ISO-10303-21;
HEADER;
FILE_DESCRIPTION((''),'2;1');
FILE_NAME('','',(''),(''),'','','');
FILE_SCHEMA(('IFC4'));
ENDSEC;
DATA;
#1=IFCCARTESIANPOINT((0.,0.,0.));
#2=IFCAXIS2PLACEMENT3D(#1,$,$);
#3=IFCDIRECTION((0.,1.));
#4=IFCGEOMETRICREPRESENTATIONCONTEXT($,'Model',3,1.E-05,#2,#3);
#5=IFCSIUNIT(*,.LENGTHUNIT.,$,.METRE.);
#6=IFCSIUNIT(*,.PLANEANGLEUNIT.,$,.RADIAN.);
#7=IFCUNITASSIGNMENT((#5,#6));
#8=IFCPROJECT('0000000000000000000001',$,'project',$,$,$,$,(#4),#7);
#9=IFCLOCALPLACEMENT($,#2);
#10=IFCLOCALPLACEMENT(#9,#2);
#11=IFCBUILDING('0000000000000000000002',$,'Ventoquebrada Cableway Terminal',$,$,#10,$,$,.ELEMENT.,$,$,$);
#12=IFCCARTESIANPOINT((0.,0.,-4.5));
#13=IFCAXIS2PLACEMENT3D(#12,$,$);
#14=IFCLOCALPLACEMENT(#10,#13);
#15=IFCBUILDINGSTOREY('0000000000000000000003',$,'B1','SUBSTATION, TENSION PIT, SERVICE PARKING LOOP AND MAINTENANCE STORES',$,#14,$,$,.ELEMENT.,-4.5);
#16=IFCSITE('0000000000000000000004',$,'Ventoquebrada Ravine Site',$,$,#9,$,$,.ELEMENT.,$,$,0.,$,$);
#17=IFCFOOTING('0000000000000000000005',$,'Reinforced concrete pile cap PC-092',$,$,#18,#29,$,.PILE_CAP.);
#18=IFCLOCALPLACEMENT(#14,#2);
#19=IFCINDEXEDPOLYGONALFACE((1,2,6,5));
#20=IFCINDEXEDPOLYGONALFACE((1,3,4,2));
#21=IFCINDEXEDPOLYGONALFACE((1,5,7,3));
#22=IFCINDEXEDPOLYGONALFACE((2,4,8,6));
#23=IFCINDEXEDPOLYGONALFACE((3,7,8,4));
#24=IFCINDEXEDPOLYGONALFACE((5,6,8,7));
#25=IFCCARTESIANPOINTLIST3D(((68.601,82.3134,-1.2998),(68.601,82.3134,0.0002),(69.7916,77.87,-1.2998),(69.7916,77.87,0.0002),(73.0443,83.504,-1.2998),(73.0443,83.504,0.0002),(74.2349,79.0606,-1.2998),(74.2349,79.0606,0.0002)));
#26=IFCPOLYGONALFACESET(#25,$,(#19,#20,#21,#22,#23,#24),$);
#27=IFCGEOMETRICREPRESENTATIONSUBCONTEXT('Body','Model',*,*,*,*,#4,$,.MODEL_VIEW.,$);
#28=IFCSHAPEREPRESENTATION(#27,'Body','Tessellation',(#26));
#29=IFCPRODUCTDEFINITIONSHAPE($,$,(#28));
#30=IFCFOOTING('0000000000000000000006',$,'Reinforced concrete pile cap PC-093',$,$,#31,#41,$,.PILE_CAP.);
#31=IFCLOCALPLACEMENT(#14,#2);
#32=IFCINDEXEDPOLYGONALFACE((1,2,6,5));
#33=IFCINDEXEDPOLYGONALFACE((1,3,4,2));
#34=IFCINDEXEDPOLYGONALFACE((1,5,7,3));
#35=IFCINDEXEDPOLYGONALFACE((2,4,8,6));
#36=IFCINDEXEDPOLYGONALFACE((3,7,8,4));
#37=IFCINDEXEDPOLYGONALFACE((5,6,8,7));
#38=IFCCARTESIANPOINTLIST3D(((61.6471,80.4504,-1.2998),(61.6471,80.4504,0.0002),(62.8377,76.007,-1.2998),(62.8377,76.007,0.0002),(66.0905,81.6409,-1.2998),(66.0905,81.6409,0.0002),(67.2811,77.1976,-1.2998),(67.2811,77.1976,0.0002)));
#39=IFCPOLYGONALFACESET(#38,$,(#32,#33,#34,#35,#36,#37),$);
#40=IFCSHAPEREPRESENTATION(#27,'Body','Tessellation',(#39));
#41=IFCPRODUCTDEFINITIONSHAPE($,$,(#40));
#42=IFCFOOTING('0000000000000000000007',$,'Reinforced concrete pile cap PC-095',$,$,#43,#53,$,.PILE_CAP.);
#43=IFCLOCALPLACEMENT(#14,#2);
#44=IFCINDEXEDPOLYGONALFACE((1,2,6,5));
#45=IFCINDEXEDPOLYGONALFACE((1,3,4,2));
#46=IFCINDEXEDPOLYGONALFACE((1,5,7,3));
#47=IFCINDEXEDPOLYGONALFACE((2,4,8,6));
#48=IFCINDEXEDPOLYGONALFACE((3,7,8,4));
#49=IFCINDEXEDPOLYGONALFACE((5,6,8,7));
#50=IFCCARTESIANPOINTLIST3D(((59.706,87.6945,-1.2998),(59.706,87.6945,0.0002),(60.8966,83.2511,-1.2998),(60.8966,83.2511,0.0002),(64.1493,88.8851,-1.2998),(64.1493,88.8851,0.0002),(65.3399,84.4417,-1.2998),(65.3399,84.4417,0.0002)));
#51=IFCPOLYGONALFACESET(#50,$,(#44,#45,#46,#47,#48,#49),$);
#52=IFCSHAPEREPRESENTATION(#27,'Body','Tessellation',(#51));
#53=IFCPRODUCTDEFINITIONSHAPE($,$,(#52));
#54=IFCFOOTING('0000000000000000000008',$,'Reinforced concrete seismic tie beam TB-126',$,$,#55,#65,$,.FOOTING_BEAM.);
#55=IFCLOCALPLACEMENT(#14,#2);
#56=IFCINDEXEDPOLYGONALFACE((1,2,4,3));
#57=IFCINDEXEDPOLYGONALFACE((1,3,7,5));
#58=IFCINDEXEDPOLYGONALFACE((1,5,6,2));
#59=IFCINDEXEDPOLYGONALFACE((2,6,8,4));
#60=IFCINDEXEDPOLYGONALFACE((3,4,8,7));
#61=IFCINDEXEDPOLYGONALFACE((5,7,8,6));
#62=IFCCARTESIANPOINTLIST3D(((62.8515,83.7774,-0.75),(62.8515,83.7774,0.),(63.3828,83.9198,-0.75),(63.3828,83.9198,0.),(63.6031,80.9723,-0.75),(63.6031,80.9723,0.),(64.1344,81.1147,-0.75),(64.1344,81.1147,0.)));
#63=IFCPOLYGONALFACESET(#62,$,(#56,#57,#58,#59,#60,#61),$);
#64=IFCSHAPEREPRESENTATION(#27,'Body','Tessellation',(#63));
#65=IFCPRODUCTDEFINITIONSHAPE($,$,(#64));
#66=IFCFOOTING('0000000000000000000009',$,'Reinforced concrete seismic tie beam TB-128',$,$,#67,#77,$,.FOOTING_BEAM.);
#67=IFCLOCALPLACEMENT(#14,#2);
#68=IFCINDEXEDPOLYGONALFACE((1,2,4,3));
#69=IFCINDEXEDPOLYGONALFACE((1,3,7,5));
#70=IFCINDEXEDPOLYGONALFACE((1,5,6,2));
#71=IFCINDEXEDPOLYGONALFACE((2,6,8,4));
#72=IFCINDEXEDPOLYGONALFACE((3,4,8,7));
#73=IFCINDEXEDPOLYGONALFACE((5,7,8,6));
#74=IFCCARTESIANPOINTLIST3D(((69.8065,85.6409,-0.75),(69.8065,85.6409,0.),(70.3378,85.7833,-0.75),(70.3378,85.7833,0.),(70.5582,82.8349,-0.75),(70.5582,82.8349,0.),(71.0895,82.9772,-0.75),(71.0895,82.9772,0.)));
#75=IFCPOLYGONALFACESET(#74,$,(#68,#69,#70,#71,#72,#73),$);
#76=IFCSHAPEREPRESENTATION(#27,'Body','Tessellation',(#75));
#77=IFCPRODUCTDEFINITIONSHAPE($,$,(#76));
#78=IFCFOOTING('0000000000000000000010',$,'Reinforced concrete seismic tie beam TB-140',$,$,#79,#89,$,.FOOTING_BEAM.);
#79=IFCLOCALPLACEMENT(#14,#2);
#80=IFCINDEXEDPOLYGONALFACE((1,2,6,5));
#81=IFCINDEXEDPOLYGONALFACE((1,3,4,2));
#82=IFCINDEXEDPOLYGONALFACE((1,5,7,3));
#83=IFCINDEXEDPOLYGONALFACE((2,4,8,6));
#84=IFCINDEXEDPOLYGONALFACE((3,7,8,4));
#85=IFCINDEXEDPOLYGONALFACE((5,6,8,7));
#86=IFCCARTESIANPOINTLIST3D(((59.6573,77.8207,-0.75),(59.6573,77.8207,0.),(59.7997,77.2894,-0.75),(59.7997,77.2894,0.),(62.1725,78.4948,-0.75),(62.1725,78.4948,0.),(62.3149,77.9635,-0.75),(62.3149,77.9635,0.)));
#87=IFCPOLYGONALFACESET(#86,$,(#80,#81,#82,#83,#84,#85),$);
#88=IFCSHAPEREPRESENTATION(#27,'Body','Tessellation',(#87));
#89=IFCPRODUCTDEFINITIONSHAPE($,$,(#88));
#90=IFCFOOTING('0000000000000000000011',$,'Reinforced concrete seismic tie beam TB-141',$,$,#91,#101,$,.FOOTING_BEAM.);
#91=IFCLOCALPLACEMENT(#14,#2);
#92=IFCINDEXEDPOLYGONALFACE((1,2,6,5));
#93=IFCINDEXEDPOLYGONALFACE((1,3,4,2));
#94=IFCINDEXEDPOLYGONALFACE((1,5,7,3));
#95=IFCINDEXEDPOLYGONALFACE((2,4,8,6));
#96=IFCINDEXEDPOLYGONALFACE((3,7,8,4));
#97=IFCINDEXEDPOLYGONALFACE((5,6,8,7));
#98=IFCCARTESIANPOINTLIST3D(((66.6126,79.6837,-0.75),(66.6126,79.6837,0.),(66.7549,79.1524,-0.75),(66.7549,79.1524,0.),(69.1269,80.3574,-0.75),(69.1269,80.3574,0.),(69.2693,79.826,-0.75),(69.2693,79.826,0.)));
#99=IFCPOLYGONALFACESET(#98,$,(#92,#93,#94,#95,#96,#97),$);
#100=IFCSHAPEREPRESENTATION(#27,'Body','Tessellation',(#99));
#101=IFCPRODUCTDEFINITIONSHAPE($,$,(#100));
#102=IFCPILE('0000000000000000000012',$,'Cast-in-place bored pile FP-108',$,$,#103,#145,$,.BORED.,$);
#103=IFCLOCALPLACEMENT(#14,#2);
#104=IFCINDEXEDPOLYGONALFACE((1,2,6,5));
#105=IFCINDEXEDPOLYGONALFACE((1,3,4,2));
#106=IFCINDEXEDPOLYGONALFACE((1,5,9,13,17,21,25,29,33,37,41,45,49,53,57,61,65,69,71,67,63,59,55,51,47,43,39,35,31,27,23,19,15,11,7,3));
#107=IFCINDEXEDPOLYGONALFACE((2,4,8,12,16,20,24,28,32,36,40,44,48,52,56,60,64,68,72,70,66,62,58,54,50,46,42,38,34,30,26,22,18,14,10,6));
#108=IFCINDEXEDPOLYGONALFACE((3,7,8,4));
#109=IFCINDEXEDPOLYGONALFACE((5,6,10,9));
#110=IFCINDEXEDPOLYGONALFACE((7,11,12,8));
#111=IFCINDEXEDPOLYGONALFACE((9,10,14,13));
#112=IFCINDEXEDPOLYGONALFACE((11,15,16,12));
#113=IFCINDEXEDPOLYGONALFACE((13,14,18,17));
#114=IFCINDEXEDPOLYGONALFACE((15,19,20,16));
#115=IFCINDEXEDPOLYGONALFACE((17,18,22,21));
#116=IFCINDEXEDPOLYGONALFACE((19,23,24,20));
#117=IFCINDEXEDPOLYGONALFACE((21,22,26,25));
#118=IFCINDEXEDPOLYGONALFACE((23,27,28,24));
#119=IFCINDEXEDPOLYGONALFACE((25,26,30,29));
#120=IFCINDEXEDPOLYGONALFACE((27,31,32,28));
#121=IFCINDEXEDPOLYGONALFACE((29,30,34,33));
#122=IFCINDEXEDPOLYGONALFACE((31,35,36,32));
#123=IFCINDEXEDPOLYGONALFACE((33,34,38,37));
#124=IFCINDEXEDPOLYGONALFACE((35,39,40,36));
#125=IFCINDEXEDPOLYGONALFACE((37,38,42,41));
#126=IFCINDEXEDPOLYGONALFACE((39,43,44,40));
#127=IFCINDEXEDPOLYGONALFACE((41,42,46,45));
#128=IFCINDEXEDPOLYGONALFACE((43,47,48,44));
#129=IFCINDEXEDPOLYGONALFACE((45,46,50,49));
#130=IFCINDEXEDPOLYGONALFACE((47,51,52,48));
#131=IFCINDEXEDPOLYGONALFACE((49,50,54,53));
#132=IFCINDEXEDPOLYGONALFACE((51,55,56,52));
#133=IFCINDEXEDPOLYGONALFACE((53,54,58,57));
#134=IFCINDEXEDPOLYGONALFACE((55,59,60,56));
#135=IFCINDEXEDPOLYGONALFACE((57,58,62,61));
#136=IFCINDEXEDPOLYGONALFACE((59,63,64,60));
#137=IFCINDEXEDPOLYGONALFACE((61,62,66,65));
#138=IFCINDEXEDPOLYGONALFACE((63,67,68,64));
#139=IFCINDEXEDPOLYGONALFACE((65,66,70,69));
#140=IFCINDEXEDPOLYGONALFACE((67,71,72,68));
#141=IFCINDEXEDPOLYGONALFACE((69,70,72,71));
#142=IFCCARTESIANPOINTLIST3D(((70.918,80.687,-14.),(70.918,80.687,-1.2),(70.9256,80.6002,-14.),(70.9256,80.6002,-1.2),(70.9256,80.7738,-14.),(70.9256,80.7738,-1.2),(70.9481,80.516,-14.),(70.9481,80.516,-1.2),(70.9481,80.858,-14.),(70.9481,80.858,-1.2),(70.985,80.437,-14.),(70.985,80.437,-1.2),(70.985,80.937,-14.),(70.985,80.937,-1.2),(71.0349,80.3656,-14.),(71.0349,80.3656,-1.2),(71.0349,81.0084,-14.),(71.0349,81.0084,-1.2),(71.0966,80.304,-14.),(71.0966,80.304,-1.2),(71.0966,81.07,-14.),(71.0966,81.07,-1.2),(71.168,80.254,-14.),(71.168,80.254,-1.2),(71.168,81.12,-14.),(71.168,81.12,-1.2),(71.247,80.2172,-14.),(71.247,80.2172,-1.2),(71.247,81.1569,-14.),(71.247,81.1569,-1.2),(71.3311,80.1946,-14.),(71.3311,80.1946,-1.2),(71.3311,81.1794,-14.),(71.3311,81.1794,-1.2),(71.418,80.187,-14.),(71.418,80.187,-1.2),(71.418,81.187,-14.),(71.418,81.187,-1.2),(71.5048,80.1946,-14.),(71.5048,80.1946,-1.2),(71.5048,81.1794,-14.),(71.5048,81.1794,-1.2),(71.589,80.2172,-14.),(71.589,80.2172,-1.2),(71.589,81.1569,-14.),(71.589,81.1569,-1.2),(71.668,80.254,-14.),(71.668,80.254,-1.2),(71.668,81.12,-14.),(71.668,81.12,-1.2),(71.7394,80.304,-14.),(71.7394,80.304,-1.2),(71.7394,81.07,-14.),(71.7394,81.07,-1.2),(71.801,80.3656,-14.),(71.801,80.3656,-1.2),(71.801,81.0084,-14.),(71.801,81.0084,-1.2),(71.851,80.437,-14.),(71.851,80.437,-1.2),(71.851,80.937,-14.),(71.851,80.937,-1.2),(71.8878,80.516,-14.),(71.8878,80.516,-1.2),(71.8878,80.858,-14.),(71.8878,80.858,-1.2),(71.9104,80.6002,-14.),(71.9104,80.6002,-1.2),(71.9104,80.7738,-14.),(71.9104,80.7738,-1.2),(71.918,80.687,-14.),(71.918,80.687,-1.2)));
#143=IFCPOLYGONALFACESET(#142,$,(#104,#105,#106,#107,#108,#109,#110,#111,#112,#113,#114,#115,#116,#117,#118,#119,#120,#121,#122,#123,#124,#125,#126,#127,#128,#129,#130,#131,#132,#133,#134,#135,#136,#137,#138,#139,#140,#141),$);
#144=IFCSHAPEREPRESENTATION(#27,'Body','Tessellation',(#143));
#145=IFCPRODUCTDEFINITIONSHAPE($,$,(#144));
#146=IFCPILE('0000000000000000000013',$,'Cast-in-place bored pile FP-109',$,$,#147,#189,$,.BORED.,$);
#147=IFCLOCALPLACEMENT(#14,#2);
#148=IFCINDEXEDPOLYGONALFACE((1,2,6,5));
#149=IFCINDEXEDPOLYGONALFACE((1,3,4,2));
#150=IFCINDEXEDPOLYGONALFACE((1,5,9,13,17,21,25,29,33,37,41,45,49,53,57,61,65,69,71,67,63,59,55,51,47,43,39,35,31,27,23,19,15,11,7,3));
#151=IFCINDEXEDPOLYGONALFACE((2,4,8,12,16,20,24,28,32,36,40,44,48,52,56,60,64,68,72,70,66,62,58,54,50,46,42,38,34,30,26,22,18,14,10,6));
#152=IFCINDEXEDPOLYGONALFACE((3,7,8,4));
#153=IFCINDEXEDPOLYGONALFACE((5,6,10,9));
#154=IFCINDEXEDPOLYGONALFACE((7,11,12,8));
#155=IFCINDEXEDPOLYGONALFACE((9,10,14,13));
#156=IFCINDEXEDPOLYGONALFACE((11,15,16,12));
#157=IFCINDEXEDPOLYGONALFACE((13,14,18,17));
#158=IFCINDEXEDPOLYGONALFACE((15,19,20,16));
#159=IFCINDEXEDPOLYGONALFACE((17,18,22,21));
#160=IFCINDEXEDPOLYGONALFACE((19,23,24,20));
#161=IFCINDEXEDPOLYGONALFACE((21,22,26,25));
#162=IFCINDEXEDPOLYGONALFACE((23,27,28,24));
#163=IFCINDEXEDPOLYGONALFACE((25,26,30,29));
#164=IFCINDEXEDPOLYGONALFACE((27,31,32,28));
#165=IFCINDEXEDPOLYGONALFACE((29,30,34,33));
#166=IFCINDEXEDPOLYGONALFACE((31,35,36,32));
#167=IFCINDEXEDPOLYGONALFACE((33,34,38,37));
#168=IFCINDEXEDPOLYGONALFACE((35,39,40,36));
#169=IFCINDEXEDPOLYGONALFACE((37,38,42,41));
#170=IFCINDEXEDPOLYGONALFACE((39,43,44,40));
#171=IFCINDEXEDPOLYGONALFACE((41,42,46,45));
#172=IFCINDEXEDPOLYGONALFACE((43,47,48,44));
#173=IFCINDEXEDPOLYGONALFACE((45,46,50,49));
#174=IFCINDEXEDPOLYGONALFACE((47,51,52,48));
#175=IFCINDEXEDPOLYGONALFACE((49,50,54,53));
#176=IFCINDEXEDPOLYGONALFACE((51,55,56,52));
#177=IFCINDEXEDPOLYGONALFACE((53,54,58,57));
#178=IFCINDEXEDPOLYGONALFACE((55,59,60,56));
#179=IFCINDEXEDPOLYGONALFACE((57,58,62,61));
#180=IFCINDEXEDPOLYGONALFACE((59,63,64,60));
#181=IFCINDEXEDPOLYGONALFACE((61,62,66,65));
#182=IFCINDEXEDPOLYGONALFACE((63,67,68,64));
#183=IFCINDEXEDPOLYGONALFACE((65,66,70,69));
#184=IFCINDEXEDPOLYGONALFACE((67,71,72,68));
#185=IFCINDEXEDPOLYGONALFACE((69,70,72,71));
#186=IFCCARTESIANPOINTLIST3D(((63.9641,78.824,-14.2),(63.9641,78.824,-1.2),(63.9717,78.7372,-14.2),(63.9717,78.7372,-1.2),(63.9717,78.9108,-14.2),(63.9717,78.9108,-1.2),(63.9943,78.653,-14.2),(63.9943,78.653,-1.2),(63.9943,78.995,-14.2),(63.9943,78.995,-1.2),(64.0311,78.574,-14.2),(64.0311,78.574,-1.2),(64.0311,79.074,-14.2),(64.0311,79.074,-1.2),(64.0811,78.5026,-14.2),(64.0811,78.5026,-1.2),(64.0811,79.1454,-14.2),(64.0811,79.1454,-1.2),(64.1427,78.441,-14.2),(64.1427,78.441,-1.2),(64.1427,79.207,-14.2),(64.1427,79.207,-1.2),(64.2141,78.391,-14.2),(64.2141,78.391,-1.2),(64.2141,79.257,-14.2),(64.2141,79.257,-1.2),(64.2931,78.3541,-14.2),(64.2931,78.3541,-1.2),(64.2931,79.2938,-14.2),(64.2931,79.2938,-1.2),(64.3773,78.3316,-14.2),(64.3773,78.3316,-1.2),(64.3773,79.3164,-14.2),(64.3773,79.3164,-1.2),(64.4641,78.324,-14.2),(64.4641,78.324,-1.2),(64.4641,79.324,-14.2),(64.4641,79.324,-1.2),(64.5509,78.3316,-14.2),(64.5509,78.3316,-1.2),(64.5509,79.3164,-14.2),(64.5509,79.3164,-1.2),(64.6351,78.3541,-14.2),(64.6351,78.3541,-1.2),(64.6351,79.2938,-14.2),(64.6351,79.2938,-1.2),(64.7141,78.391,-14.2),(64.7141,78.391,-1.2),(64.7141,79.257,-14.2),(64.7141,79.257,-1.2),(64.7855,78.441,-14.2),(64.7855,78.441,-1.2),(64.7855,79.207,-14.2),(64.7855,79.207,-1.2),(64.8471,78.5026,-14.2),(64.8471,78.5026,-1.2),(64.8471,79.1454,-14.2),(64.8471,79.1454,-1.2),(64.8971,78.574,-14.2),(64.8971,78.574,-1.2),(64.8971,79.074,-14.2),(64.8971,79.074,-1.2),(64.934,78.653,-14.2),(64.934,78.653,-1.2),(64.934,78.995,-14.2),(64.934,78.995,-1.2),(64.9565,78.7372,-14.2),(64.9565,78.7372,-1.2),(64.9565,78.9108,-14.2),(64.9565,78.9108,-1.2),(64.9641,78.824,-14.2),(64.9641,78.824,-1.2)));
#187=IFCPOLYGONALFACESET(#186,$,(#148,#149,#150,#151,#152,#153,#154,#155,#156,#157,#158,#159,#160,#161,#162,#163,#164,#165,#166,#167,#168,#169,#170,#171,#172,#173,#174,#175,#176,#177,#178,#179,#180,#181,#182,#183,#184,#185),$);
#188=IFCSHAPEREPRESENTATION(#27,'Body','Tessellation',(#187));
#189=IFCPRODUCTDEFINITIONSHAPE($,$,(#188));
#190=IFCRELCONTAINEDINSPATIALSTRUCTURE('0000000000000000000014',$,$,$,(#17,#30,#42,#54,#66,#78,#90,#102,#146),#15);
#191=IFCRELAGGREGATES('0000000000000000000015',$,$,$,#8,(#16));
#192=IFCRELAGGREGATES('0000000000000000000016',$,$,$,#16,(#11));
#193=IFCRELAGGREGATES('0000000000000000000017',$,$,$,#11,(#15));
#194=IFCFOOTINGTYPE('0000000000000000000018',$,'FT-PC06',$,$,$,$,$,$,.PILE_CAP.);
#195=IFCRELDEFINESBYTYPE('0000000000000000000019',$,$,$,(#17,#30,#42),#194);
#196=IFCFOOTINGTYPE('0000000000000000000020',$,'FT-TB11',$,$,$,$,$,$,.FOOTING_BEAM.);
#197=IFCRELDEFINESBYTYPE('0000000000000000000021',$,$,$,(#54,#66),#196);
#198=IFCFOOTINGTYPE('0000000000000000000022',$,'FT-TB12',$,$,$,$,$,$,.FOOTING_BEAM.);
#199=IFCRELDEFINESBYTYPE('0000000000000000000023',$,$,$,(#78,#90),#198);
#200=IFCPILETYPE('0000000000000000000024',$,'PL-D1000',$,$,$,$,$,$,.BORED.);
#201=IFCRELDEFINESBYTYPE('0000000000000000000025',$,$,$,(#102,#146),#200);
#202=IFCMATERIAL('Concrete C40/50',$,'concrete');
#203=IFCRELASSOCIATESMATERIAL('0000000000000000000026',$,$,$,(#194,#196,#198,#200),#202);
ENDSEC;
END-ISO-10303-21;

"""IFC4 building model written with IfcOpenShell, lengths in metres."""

from ifc_helpers import new_model, si_unit, direction, frame, origin, origin_2d, place, context, subcontext, project, spatial, rectangle, circle, extrude, material, material_profile, profile_set, type_object, element, save


model = new_model("IFC4")

# Units and contexts
model_context = context("Model", 3, precision=1e-05, world=origin(), true_north=direction((0.0, 1.0)))
body_context = subcontext(model_context, "Body", "Model", "MODEL_VIEW")
ifc_project = project(units=[si_unit("LENGTHUNIT", "METRE"), si_unit("PLANEANGLEUNIT", "RADIAN")], contexts=[model_context])

# Site, building, storey
site_placement = place(None, origin())
site = spatial("IfcSite", under=ifc_project, at=site_placement, Name="Ventoquebrada Ravine Site", CompositionType="ELEMENT", RefElevation=0.0)
building_placement = place(site_placement, origin())
building = spatial("IfcBuilding", under=site, at=building_placement, Name="Ventoquebrada Cableway Terminal", CompositionType="ELEMENT")
storey_placement = place(building_placement, frame((0.0, 0.0, -4.5)))
storey = spatial("IfcBuildingStorey", under=building, at=storey_placement, Name="B1", Description="SUBSTATION, TENSION PIT, SERVICE PARKING LOOP AND MAINTENANCE STORES", CompositionType="ELEMENT", Elevation=-4.5)

# Footings
ifc_material_1 = material(Name="Concrete C40/50", Category="concrete")
footing_type_1 = type_object("IfcFootingType", Name="FT-PC06", PredefinedType="PILE_CAP", material=ifc_material_1)
for number, where, z_axis, x_axis, name in (
    (1, (71.418, 80.687, -1.2998), (0.0, 0.0, 1.0), (0.965926, 0.258819, 0.0), "Reinforced concrete pile cap PC-092"),
    (2, (64.4641, 78.824, -1.2998), (0.0, 0.0, 1.0), (0.965926, 0.258819, 0.0), "Reinforced concrete pile cap PC-093"),
    (3, (62.5229, 86.0681, -1.2998), (0.0, 0.0, 1.0), (0.965926, 0.258819, 0.0), "Reinforced concrete pile cap PC-095"),
):
    element("IfcFooting", number, at=place(storey_placement, frame(where, z_axis=z_axis, x_axis=x_axis)), inside=storey, type_object=footing_type_1, Name=name, PredefinedType="PILE_CAP", context=body_context, shape_type="SweptSolid", body=[
        extrude(rectangle(XDim=4.6001, YDim=4.6001, at=origin_2d()), origin(), (0.0, 0.0, 1.0), 1.3),
    ])
footing_type_2 = type_object("IfcFootingType", Name="FT-TB11", PredefinedType="FOOTING_BEAM", material=ifc_material_1)
footing_1_placement = place(storey_placement, frame((63.4929, 82.446, -0.75), z_axis=(0.0, 0.0, 1.0), x_axis=(-0.258819, 0.965926, 0.0)))
element("IfcFooting", 4, at=footing_1_placement, inside=storey, type_object=footing_type_2, Name="Reinforced concrete seismic tie beam TB-126", PredefinedType="FOOTING_BEAM", context=body_context, shape_type="SweptSolid", body=[
    extrude(rectangle(XDim=2.9041, YDim=0.55, at=origin_2d()), origin(), (0.0, 0.0, 1.0), 0.75),
])
footing_2_placement = place(storey_placement, frame((70.448, 84.3091, -0.75), z_axis=(0.0, 0.0, 1.0), x_axis=(-0.258785, 0.965935, 0.0)))
element("IfcFooting", 5, at=footing_2_placement, inside=storey, type_object=footing_type_2, Name="Reinforced concrete seismic tie beam TB-128", PredefinedType="FOOTING_BEAM", context=body_context, shape_type="SweptSolid", body=[
    extrude(rectangle(XDim=2.905, YDim=0.55, at=origin_2d()), origin(), (0.0, 0.0, 1.0), 0.75),
])
footing_type_3 = type_object("IfcFootingType", Name="FT-TB12", PredefinedType="FOOTING_BEAM", material=ifc_material_1)
footing_3_placement = place(storey_placement, frame((60.9861, 77.8921, -0.75), z_axis=(0.0, 0.0, 1.0), x_axis=(0.965912, 0.25887, 0.0)))
element("IfcFooting", 6, at=footing_3_placement, inside=storey, type_object=footing_type_3, Name="Reinforced concrete seismic tie beam TB-140", PredefinedType="FOOTING_BEAM", context=body_context, shape_type="SweptSolid", body=[
    extrude(rectangle(XDim=2.604, YDim=0.55, at=origin_2d()), origin(), (0.0, 0.0, 1.0), 0.75),
])
footing_4_placement = place(storey_placement, frame((67.9409, 79.7549, -0.75), z_axis=(0.0, 0.0, 1.0), x_axis=(0.965935, 0.258785, 0.0)))
element("IfcFooting", 7, at=footing_4_placement, inside=storey, type_object=footing_type_3, Name="Reinforced concrete seismic tie beam TB-141", PredefinedType="FOOTING_BEAM", context=body_context, shape_type="SweptSolid", body=[
    extrude(rectangle(XDim=2.603, YDim=0.55, at=origin_2d()), origin(), (0.0, 0.0, 1.0), 0.75),
])

# Piles
ifc_material_profile_1 = material_profile(ifc_material_1, circle(Radius=0.5, at=origin_2d()), Name="PILE-D1000")
ifc_profile_set_1 = profile_set([ifc_material_profile_1], Name="Concrete C40/50")
pile_type = type_object("IfcPileType", Name="PL-D1000", PredefinedType="BORED", material=ifc_profile_set_1)
pile_1_placement = place(storey_placement, frame((71.418, 80.687, -1.2), z_axis=(0.0, 0.0, -1.0), x_axis=(1.0, 0.0, 0.0)))
element("IfcPile", 8, at=pile_1_placement, inside=storey, type_object=pile_type, Name="Cast-in-place bored pile FP-108", PredefinedType="BORED", context=body_context, shape_type="SweptSolid", body=[
    extrude(circle(Radius=0.5, at=origin_2d()), origin(), (0.0, 0.0, 1.0), 12.8),
])
pile_2_placement = place(storey_placement, frame((64.4641, 78.824, -1.2), z_axis=(0.0, 0.0, -1.0), x_axis=(1.0, 0.0, 0.0)))
element("IfcPile", 9, at=pile_2_placement, inside=storey, type_object=pile_type, Name="Cast-in-place bored pile FP-109", PredefinedType="BORED", context=body_context, shape_type="SweptSolid", body=[
    extrude(circle(Radius=0.5, at=origin_2d()), origin(), (0.0, 0.0, 1.0), 13.0),
])

save(model, "model.ifc")
